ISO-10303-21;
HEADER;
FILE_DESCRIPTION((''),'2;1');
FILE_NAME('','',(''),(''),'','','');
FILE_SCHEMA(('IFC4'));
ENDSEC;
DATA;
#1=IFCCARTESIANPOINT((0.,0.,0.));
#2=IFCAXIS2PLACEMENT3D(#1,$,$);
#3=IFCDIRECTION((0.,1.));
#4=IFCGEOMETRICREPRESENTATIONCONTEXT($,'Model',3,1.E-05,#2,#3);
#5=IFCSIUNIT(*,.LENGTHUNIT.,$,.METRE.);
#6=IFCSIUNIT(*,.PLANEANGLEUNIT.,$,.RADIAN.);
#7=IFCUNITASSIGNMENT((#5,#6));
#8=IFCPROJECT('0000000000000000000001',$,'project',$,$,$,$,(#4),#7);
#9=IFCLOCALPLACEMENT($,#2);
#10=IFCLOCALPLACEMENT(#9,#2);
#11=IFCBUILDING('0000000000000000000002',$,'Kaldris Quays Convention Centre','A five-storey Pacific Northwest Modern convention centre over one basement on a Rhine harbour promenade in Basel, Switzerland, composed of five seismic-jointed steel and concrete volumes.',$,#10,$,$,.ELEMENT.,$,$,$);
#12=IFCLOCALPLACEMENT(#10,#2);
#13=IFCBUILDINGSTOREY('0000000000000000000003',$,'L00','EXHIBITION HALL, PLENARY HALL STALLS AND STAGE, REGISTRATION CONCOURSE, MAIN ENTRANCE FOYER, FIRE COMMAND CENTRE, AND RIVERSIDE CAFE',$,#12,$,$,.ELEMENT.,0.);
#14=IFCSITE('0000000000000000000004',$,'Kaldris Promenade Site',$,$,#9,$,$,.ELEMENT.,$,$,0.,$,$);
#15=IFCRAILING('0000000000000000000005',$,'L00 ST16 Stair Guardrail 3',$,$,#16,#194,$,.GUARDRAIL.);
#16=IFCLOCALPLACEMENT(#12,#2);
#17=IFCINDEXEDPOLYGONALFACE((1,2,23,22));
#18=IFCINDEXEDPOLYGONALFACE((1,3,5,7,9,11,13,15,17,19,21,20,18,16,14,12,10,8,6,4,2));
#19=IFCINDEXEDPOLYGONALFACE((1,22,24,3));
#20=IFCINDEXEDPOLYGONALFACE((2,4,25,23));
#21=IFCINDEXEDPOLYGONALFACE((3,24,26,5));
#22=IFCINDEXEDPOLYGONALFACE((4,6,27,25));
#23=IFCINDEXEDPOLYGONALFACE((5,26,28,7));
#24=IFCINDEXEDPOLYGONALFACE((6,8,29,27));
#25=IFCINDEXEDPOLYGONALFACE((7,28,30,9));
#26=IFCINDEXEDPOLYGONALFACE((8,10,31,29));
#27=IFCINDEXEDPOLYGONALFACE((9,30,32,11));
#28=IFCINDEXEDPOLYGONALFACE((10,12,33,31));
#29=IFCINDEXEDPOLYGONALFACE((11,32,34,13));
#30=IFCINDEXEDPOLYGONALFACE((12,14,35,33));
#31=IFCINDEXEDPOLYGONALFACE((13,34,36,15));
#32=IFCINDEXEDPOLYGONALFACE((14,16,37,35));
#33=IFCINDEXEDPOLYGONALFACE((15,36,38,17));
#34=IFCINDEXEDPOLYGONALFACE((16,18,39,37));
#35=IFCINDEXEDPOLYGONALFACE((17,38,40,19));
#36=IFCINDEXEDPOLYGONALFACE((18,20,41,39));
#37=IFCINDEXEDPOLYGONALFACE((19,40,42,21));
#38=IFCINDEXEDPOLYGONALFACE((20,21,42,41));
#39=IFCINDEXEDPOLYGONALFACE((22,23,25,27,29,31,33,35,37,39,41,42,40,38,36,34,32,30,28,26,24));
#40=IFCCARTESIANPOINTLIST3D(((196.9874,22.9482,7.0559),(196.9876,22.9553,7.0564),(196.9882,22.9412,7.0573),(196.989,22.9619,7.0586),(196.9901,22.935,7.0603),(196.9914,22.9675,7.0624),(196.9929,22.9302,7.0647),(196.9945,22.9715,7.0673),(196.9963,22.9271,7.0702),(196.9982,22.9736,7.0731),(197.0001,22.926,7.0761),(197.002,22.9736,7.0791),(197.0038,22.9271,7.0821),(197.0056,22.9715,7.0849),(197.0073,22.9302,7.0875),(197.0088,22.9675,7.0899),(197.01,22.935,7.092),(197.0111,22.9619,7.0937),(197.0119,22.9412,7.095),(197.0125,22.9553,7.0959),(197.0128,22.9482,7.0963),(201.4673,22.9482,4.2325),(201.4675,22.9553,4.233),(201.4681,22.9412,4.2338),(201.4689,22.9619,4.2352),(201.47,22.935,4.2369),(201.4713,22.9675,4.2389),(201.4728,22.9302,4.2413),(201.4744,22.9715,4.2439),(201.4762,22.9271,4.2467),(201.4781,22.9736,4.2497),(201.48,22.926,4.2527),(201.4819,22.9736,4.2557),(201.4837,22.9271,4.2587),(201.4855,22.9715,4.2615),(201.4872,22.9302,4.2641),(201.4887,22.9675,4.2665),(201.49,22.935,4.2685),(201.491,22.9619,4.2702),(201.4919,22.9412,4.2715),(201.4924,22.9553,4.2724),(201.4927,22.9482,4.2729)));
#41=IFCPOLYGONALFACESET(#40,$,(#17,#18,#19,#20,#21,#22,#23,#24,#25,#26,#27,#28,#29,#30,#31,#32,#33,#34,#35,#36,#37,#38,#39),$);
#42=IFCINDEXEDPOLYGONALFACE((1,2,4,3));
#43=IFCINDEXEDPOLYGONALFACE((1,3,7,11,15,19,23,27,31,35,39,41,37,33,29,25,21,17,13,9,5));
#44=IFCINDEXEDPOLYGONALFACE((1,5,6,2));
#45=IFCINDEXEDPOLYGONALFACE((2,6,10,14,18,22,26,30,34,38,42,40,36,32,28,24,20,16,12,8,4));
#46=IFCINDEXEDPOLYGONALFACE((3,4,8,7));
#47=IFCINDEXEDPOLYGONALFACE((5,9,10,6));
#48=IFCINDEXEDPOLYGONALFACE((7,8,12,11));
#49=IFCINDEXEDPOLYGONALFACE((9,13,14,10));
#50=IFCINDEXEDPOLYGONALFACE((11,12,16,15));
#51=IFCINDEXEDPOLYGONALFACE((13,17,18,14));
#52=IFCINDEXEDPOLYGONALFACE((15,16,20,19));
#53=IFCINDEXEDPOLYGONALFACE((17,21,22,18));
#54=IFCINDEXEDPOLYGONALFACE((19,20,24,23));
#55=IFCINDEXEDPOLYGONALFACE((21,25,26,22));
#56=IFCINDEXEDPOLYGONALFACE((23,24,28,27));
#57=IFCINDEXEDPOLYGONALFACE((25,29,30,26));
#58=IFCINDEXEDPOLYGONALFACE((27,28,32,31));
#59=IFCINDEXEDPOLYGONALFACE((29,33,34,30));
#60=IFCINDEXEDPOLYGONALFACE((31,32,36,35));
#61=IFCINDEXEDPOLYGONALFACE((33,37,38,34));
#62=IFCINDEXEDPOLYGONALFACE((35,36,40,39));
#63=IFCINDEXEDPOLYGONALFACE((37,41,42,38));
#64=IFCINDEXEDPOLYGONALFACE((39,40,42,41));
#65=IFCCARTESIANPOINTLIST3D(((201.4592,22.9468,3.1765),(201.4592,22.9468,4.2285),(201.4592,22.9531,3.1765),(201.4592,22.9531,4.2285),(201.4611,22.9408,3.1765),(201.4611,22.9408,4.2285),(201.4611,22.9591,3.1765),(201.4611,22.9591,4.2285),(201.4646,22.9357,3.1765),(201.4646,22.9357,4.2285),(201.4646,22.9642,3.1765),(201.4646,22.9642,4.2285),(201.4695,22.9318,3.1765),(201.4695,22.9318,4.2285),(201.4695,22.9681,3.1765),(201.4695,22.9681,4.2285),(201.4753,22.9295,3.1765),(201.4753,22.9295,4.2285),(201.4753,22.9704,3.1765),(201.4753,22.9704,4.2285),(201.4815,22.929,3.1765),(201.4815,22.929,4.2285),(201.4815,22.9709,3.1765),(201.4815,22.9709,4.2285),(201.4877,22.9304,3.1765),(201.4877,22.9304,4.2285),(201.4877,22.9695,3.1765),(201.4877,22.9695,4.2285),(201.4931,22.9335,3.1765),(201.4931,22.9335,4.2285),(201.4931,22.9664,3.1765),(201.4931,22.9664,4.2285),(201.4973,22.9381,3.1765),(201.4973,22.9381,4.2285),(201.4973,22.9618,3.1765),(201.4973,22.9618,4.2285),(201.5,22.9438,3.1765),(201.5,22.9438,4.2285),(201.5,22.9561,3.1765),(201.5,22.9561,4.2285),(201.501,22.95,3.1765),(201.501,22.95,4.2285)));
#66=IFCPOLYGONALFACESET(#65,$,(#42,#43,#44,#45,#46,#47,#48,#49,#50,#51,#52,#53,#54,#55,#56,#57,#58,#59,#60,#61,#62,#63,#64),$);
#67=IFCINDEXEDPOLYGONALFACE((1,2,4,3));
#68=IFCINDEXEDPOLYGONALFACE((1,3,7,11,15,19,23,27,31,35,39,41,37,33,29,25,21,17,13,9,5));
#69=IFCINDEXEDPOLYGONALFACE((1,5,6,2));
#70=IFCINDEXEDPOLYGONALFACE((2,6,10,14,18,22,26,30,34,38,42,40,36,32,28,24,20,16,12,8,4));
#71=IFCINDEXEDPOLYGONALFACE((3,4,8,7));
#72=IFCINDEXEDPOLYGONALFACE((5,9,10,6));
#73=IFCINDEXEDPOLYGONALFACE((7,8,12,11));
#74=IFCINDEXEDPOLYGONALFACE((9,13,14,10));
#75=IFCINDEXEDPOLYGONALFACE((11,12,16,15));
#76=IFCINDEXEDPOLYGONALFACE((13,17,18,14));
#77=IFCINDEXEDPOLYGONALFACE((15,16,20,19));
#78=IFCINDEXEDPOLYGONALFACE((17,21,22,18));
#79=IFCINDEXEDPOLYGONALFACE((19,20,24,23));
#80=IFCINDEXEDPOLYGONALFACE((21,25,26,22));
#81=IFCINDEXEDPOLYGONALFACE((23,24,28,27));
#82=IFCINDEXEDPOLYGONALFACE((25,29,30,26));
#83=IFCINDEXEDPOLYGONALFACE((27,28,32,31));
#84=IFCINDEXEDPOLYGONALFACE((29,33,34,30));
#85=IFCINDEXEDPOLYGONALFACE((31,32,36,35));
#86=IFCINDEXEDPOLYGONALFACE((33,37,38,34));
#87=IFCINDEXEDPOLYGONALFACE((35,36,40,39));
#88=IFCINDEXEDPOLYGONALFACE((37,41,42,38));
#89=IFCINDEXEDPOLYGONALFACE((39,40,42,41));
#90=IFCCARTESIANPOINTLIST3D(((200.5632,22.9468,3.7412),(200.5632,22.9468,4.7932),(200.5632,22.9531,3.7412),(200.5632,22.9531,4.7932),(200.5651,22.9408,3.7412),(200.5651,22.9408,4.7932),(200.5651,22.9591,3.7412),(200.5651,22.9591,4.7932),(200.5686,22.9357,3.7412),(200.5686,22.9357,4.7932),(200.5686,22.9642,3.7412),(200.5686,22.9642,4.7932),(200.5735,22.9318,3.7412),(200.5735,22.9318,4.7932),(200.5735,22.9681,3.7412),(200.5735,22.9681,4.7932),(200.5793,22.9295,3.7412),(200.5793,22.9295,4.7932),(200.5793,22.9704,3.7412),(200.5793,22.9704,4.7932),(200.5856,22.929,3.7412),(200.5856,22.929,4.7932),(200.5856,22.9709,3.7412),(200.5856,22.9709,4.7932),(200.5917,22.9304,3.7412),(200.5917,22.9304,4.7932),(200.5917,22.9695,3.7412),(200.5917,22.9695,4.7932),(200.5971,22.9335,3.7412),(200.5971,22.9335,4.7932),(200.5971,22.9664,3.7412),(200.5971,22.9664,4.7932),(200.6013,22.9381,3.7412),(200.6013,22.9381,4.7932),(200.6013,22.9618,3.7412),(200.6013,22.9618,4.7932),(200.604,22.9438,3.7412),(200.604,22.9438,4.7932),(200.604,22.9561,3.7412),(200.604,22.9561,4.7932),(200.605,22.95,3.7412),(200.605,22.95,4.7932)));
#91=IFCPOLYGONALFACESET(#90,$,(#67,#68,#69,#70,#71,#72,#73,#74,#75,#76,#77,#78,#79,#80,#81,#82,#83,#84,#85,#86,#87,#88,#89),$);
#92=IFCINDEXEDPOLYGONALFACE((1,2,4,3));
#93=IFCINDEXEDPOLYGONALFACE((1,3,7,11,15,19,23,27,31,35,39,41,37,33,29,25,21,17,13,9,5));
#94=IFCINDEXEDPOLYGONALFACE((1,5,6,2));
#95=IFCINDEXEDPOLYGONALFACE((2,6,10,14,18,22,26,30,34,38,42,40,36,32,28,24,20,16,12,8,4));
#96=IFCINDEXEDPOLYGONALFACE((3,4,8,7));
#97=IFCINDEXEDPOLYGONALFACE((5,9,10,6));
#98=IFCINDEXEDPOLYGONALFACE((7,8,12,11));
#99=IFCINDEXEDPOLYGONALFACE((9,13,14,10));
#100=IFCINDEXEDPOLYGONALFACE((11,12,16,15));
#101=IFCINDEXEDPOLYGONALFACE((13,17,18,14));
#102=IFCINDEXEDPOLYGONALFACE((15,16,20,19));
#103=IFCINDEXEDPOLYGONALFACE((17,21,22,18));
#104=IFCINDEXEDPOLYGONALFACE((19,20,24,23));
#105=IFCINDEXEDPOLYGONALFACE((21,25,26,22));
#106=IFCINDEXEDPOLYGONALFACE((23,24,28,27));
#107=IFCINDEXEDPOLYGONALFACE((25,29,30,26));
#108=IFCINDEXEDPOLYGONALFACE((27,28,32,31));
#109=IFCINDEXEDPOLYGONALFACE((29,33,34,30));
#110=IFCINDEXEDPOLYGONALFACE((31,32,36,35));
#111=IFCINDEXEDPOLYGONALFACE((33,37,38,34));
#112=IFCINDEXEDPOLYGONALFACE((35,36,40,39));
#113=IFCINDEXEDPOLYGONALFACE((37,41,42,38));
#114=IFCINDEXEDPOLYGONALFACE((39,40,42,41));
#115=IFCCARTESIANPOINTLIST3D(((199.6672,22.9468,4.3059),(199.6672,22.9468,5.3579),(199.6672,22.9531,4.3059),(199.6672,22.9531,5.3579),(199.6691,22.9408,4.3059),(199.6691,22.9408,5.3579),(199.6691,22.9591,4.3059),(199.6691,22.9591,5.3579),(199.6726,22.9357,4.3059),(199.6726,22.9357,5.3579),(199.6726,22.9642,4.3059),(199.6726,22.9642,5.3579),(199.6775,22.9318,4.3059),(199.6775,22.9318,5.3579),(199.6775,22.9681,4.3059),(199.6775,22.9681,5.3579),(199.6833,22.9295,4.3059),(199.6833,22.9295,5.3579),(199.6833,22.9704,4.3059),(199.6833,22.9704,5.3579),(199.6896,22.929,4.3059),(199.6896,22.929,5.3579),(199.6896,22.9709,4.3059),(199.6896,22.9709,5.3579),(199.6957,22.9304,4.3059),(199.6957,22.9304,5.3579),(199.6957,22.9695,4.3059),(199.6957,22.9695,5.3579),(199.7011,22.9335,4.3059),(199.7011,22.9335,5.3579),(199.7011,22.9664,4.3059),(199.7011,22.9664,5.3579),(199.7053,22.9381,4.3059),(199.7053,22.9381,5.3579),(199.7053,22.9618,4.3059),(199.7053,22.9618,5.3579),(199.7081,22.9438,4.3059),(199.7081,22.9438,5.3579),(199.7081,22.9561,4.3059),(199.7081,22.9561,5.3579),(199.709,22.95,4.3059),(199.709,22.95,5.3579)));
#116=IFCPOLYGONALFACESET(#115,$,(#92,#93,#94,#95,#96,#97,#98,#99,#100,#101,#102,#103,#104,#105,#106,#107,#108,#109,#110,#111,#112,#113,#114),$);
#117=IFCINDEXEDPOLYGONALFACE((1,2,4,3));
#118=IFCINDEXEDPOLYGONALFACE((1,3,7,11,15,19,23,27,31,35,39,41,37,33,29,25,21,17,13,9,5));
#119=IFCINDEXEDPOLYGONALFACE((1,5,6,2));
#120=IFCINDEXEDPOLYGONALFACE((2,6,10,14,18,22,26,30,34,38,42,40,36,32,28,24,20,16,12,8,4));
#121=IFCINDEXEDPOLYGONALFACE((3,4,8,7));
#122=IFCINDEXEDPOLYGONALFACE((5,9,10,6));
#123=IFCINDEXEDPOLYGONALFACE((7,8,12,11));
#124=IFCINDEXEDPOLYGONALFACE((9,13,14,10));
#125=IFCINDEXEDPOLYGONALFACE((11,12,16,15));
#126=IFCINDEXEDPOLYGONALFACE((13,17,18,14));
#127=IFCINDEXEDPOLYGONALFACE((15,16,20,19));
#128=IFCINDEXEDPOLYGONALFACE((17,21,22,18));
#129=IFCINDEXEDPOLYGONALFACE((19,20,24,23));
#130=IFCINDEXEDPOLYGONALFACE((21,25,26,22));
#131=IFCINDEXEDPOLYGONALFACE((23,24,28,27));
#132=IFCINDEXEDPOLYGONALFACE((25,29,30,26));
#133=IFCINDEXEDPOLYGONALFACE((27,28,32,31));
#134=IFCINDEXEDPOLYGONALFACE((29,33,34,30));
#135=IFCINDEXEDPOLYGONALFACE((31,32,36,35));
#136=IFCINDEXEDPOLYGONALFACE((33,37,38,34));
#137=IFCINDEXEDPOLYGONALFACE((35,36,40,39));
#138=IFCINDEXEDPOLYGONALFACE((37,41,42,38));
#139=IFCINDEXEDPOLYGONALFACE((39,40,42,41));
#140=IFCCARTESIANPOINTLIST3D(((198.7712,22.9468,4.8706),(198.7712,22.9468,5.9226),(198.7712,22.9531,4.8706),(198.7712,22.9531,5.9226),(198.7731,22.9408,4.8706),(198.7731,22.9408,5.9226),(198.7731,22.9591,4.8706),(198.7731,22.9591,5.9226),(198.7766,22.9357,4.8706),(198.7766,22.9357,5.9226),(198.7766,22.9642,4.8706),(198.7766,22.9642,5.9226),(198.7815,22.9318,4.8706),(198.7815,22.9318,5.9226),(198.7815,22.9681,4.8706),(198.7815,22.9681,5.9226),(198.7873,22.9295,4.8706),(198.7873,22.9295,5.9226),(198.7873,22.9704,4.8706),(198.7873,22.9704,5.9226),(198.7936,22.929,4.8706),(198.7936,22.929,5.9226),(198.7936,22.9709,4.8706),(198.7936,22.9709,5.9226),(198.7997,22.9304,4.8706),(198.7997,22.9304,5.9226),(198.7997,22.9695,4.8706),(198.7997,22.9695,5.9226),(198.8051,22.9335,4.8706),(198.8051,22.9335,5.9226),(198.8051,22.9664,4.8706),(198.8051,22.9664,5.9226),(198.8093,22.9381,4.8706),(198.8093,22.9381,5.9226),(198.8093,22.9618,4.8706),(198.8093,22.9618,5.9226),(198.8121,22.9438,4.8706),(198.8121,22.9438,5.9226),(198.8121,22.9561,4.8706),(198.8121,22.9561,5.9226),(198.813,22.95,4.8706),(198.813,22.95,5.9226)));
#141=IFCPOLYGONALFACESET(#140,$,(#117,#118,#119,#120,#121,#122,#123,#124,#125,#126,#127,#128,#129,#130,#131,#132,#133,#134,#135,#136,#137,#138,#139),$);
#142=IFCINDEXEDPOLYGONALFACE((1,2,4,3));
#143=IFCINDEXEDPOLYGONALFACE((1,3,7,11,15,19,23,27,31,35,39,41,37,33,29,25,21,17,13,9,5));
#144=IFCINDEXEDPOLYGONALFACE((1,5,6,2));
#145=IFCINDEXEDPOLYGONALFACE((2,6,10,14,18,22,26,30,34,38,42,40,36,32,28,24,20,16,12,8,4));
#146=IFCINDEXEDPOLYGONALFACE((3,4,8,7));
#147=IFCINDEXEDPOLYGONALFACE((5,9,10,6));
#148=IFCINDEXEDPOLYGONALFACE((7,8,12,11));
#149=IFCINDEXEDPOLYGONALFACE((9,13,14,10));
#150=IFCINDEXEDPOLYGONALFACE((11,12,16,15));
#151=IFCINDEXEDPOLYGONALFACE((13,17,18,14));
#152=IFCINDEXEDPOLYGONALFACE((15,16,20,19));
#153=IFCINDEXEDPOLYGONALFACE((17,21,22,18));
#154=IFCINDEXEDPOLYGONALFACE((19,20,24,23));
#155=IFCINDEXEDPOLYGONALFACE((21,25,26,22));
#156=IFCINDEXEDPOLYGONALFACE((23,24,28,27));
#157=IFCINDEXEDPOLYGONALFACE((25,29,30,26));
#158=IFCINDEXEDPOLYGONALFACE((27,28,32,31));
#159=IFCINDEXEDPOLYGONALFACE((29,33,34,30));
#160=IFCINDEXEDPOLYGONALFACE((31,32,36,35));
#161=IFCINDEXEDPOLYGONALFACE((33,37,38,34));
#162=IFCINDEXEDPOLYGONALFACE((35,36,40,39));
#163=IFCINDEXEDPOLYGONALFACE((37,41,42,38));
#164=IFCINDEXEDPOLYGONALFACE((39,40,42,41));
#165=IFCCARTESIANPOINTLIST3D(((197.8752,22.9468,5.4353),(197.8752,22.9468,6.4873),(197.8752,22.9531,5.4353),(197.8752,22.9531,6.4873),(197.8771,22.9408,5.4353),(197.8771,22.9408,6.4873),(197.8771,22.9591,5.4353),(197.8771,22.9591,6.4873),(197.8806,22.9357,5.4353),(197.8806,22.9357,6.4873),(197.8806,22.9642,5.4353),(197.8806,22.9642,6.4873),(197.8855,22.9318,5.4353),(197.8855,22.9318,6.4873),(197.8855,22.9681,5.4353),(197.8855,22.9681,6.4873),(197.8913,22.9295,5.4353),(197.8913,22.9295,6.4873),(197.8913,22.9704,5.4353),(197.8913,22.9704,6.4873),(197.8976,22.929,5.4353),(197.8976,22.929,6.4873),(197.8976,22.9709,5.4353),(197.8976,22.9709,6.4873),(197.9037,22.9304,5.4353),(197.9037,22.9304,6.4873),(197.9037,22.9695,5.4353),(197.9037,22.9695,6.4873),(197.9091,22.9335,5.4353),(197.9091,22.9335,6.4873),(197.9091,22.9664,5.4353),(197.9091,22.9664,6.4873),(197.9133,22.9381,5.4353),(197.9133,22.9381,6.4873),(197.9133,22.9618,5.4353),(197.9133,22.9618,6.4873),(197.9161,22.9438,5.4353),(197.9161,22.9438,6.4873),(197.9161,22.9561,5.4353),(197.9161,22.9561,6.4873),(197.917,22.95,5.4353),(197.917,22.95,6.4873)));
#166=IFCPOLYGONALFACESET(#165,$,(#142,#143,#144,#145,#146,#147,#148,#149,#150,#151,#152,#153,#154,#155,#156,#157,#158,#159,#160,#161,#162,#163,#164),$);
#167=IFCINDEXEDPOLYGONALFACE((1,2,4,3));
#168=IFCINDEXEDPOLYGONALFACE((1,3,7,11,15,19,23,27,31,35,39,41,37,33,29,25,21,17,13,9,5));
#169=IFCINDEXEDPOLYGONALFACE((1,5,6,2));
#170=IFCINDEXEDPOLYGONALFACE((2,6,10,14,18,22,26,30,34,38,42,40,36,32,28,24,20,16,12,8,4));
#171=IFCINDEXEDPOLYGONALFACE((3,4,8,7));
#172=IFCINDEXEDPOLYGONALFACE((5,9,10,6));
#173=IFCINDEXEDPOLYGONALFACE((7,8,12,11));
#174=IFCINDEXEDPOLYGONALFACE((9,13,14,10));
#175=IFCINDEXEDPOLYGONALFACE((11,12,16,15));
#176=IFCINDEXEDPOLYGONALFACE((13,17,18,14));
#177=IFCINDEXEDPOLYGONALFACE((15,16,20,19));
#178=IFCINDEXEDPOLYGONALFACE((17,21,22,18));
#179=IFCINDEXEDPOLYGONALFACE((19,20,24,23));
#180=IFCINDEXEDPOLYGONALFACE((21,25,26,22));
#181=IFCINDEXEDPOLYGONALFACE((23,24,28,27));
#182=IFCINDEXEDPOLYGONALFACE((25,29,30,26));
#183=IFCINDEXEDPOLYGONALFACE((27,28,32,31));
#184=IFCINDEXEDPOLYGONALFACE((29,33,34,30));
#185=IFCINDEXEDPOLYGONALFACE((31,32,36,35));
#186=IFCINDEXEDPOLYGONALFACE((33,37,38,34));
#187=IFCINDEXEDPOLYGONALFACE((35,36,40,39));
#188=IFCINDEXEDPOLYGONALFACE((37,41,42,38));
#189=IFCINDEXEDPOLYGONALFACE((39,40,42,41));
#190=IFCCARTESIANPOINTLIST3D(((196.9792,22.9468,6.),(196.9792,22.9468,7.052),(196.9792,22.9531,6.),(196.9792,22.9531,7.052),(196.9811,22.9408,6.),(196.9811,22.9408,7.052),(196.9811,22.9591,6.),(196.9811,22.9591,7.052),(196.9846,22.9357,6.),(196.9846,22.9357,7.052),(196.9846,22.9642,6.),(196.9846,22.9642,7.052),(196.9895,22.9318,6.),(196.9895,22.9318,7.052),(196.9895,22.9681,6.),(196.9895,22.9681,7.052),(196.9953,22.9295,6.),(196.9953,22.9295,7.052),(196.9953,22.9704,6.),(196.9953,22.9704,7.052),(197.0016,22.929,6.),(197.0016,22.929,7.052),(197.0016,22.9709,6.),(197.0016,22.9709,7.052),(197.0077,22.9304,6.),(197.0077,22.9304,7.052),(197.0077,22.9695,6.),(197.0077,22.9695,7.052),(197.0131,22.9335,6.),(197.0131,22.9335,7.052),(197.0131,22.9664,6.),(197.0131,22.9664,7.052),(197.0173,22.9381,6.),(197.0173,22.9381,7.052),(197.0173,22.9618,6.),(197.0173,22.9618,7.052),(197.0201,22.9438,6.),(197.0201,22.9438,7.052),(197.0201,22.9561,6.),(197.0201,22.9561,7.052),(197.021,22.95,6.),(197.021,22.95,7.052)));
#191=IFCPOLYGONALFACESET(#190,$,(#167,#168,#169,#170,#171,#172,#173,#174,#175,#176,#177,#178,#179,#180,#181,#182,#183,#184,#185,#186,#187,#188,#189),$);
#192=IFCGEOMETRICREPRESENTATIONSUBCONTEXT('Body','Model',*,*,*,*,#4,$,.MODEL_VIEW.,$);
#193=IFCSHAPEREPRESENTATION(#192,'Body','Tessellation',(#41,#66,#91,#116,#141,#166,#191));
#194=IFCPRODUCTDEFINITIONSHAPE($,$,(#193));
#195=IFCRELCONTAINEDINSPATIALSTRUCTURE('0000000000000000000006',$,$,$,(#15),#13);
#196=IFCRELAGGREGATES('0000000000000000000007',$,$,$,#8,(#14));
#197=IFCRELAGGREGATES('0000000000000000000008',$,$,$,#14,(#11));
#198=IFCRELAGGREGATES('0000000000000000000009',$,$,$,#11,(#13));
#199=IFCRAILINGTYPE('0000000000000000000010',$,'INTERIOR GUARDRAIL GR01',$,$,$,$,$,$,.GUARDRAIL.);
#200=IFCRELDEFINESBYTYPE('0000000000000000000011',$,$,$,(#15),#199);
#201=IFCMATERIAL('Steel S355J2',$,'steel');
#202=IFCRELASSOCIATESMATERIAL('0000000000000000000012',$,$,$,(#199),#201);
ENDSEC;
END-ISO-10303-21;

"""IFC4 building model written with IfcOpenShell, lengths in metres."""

from ifc_helpers import new_model, si_unit, direction, frame, origin, origin_2d, place, context, subcontext, project, spatial, circle, extrude, material, type_object, element, save


model = new_model("IFC4")

# Units and contexts
model_context = context("Model", 3, precision=1e-05, world=origin(), true_north=direction((0.0, 1.0)))
body_context = subcontext(model_context, "Body", "Model", "MODEL_VIEW")
ifc_project = project(units=[si_unit("LENGTHUNIT", "METRE"), si_unit("PLANEANGLEUNIT", "RADIAN")], contexts=[model_context])

# Site, building, storey
site_placement = place(None, origin())
site = spatial("IfcSite", under=ifc_project, at=site_placement, Name="Kaldris Promenade Site", CompositionType="ELEMENT", RefElevation=0.0)
building_placement = place(site_placement, origin())
building = spatial("IfcBuilding", under=site, at=building_placement, Name="Kaldris Quays Convention Centre", Description="A five-storey Pacific Northwest Modern convention centre over one basement on a Rhine harbour promenade in Basel, Switzerland, composed of five seismic-jointed steel and concrete volumes.", CompositionType="ELEMENT")
storey_placement = place(building_placement, origin())
storey = spatial("IfcBuildingStorey", under=building, at=storey_placement, Name="L00", Description="EXHIBITION HALL, PLENARY HALL STALLS AND STAGE, REGISTRATION CONCOURSE, MAIN ENTRANCE FOYER, FIRE COMMAND CENTRE, AND RIVERSIDE CAFE", CompositionType="ELEMENT", Elevation=0.0)

# Shared definitions
ifc_material_1 = material(Name="Steel S355J2", Category="steel")

# Railing
railing_type_1 = type_object("IfcRailingType", Name="INTERIOR GUARDRAIL GR01", PredefinedType="GUARDRAIL", material=ifc_material_1)
railing_1_placement = place(storey_placement, frame((201.48, 22.95, 3.1765)))
element("IfcRailing", 1, at=railing_1_placement, inside=storey, type_object=railing_type_1, Name="L00 ST16 Stair Guardrail 3", PredefinedType="GUARDRAIL", context=body_context, shape_type="SweptSolid", body=[
    extrude(circle(Radius=0.0239, at=origin_2d()), frame((0.0, 0.0, 1.0762), z_axis=(-0.845998, 0.0, 0.533186), x_axis=(0.0, -1.0, 0.0)), (0.0, 0.0, 1.0), 5.2954),
    extrude(circle(Radius=0.021, at=origin_2d()), origin(), (0.0, 0.0, 1.0), 1.052),
    extrude(circle(Radius=0.021, at=origin_2d()), frame((-0.896, 0.0, 0.5647)), (0.0, 0.0, 1.0), 1.052),
    extrude(circle(Radius=0.021, at=origin_2d()), frame((-1.792, 0.0, 1.1294)), (0.0, 0.0, 1.0), 1.052),
    extrude(circle(Radius=0.021, at=origin_2d()), frame((-2.688, 0.0, 1.6941)), (0.0, 0.0, 1.0), 1.052),
    extrude(circle(Radius=0.021, at=origin_2d()), frame((-3.584, 0.0, 2.2588)), (0.0, 0.0, 1.0), 1.052),
    extrude(circle(Radius=0.021, at=origin_2d()), frame((-4.48, 0.0, 2.8235)), (0.0, 0.0, 1.0), 1.052),
])

save(model, "model.ifc")
